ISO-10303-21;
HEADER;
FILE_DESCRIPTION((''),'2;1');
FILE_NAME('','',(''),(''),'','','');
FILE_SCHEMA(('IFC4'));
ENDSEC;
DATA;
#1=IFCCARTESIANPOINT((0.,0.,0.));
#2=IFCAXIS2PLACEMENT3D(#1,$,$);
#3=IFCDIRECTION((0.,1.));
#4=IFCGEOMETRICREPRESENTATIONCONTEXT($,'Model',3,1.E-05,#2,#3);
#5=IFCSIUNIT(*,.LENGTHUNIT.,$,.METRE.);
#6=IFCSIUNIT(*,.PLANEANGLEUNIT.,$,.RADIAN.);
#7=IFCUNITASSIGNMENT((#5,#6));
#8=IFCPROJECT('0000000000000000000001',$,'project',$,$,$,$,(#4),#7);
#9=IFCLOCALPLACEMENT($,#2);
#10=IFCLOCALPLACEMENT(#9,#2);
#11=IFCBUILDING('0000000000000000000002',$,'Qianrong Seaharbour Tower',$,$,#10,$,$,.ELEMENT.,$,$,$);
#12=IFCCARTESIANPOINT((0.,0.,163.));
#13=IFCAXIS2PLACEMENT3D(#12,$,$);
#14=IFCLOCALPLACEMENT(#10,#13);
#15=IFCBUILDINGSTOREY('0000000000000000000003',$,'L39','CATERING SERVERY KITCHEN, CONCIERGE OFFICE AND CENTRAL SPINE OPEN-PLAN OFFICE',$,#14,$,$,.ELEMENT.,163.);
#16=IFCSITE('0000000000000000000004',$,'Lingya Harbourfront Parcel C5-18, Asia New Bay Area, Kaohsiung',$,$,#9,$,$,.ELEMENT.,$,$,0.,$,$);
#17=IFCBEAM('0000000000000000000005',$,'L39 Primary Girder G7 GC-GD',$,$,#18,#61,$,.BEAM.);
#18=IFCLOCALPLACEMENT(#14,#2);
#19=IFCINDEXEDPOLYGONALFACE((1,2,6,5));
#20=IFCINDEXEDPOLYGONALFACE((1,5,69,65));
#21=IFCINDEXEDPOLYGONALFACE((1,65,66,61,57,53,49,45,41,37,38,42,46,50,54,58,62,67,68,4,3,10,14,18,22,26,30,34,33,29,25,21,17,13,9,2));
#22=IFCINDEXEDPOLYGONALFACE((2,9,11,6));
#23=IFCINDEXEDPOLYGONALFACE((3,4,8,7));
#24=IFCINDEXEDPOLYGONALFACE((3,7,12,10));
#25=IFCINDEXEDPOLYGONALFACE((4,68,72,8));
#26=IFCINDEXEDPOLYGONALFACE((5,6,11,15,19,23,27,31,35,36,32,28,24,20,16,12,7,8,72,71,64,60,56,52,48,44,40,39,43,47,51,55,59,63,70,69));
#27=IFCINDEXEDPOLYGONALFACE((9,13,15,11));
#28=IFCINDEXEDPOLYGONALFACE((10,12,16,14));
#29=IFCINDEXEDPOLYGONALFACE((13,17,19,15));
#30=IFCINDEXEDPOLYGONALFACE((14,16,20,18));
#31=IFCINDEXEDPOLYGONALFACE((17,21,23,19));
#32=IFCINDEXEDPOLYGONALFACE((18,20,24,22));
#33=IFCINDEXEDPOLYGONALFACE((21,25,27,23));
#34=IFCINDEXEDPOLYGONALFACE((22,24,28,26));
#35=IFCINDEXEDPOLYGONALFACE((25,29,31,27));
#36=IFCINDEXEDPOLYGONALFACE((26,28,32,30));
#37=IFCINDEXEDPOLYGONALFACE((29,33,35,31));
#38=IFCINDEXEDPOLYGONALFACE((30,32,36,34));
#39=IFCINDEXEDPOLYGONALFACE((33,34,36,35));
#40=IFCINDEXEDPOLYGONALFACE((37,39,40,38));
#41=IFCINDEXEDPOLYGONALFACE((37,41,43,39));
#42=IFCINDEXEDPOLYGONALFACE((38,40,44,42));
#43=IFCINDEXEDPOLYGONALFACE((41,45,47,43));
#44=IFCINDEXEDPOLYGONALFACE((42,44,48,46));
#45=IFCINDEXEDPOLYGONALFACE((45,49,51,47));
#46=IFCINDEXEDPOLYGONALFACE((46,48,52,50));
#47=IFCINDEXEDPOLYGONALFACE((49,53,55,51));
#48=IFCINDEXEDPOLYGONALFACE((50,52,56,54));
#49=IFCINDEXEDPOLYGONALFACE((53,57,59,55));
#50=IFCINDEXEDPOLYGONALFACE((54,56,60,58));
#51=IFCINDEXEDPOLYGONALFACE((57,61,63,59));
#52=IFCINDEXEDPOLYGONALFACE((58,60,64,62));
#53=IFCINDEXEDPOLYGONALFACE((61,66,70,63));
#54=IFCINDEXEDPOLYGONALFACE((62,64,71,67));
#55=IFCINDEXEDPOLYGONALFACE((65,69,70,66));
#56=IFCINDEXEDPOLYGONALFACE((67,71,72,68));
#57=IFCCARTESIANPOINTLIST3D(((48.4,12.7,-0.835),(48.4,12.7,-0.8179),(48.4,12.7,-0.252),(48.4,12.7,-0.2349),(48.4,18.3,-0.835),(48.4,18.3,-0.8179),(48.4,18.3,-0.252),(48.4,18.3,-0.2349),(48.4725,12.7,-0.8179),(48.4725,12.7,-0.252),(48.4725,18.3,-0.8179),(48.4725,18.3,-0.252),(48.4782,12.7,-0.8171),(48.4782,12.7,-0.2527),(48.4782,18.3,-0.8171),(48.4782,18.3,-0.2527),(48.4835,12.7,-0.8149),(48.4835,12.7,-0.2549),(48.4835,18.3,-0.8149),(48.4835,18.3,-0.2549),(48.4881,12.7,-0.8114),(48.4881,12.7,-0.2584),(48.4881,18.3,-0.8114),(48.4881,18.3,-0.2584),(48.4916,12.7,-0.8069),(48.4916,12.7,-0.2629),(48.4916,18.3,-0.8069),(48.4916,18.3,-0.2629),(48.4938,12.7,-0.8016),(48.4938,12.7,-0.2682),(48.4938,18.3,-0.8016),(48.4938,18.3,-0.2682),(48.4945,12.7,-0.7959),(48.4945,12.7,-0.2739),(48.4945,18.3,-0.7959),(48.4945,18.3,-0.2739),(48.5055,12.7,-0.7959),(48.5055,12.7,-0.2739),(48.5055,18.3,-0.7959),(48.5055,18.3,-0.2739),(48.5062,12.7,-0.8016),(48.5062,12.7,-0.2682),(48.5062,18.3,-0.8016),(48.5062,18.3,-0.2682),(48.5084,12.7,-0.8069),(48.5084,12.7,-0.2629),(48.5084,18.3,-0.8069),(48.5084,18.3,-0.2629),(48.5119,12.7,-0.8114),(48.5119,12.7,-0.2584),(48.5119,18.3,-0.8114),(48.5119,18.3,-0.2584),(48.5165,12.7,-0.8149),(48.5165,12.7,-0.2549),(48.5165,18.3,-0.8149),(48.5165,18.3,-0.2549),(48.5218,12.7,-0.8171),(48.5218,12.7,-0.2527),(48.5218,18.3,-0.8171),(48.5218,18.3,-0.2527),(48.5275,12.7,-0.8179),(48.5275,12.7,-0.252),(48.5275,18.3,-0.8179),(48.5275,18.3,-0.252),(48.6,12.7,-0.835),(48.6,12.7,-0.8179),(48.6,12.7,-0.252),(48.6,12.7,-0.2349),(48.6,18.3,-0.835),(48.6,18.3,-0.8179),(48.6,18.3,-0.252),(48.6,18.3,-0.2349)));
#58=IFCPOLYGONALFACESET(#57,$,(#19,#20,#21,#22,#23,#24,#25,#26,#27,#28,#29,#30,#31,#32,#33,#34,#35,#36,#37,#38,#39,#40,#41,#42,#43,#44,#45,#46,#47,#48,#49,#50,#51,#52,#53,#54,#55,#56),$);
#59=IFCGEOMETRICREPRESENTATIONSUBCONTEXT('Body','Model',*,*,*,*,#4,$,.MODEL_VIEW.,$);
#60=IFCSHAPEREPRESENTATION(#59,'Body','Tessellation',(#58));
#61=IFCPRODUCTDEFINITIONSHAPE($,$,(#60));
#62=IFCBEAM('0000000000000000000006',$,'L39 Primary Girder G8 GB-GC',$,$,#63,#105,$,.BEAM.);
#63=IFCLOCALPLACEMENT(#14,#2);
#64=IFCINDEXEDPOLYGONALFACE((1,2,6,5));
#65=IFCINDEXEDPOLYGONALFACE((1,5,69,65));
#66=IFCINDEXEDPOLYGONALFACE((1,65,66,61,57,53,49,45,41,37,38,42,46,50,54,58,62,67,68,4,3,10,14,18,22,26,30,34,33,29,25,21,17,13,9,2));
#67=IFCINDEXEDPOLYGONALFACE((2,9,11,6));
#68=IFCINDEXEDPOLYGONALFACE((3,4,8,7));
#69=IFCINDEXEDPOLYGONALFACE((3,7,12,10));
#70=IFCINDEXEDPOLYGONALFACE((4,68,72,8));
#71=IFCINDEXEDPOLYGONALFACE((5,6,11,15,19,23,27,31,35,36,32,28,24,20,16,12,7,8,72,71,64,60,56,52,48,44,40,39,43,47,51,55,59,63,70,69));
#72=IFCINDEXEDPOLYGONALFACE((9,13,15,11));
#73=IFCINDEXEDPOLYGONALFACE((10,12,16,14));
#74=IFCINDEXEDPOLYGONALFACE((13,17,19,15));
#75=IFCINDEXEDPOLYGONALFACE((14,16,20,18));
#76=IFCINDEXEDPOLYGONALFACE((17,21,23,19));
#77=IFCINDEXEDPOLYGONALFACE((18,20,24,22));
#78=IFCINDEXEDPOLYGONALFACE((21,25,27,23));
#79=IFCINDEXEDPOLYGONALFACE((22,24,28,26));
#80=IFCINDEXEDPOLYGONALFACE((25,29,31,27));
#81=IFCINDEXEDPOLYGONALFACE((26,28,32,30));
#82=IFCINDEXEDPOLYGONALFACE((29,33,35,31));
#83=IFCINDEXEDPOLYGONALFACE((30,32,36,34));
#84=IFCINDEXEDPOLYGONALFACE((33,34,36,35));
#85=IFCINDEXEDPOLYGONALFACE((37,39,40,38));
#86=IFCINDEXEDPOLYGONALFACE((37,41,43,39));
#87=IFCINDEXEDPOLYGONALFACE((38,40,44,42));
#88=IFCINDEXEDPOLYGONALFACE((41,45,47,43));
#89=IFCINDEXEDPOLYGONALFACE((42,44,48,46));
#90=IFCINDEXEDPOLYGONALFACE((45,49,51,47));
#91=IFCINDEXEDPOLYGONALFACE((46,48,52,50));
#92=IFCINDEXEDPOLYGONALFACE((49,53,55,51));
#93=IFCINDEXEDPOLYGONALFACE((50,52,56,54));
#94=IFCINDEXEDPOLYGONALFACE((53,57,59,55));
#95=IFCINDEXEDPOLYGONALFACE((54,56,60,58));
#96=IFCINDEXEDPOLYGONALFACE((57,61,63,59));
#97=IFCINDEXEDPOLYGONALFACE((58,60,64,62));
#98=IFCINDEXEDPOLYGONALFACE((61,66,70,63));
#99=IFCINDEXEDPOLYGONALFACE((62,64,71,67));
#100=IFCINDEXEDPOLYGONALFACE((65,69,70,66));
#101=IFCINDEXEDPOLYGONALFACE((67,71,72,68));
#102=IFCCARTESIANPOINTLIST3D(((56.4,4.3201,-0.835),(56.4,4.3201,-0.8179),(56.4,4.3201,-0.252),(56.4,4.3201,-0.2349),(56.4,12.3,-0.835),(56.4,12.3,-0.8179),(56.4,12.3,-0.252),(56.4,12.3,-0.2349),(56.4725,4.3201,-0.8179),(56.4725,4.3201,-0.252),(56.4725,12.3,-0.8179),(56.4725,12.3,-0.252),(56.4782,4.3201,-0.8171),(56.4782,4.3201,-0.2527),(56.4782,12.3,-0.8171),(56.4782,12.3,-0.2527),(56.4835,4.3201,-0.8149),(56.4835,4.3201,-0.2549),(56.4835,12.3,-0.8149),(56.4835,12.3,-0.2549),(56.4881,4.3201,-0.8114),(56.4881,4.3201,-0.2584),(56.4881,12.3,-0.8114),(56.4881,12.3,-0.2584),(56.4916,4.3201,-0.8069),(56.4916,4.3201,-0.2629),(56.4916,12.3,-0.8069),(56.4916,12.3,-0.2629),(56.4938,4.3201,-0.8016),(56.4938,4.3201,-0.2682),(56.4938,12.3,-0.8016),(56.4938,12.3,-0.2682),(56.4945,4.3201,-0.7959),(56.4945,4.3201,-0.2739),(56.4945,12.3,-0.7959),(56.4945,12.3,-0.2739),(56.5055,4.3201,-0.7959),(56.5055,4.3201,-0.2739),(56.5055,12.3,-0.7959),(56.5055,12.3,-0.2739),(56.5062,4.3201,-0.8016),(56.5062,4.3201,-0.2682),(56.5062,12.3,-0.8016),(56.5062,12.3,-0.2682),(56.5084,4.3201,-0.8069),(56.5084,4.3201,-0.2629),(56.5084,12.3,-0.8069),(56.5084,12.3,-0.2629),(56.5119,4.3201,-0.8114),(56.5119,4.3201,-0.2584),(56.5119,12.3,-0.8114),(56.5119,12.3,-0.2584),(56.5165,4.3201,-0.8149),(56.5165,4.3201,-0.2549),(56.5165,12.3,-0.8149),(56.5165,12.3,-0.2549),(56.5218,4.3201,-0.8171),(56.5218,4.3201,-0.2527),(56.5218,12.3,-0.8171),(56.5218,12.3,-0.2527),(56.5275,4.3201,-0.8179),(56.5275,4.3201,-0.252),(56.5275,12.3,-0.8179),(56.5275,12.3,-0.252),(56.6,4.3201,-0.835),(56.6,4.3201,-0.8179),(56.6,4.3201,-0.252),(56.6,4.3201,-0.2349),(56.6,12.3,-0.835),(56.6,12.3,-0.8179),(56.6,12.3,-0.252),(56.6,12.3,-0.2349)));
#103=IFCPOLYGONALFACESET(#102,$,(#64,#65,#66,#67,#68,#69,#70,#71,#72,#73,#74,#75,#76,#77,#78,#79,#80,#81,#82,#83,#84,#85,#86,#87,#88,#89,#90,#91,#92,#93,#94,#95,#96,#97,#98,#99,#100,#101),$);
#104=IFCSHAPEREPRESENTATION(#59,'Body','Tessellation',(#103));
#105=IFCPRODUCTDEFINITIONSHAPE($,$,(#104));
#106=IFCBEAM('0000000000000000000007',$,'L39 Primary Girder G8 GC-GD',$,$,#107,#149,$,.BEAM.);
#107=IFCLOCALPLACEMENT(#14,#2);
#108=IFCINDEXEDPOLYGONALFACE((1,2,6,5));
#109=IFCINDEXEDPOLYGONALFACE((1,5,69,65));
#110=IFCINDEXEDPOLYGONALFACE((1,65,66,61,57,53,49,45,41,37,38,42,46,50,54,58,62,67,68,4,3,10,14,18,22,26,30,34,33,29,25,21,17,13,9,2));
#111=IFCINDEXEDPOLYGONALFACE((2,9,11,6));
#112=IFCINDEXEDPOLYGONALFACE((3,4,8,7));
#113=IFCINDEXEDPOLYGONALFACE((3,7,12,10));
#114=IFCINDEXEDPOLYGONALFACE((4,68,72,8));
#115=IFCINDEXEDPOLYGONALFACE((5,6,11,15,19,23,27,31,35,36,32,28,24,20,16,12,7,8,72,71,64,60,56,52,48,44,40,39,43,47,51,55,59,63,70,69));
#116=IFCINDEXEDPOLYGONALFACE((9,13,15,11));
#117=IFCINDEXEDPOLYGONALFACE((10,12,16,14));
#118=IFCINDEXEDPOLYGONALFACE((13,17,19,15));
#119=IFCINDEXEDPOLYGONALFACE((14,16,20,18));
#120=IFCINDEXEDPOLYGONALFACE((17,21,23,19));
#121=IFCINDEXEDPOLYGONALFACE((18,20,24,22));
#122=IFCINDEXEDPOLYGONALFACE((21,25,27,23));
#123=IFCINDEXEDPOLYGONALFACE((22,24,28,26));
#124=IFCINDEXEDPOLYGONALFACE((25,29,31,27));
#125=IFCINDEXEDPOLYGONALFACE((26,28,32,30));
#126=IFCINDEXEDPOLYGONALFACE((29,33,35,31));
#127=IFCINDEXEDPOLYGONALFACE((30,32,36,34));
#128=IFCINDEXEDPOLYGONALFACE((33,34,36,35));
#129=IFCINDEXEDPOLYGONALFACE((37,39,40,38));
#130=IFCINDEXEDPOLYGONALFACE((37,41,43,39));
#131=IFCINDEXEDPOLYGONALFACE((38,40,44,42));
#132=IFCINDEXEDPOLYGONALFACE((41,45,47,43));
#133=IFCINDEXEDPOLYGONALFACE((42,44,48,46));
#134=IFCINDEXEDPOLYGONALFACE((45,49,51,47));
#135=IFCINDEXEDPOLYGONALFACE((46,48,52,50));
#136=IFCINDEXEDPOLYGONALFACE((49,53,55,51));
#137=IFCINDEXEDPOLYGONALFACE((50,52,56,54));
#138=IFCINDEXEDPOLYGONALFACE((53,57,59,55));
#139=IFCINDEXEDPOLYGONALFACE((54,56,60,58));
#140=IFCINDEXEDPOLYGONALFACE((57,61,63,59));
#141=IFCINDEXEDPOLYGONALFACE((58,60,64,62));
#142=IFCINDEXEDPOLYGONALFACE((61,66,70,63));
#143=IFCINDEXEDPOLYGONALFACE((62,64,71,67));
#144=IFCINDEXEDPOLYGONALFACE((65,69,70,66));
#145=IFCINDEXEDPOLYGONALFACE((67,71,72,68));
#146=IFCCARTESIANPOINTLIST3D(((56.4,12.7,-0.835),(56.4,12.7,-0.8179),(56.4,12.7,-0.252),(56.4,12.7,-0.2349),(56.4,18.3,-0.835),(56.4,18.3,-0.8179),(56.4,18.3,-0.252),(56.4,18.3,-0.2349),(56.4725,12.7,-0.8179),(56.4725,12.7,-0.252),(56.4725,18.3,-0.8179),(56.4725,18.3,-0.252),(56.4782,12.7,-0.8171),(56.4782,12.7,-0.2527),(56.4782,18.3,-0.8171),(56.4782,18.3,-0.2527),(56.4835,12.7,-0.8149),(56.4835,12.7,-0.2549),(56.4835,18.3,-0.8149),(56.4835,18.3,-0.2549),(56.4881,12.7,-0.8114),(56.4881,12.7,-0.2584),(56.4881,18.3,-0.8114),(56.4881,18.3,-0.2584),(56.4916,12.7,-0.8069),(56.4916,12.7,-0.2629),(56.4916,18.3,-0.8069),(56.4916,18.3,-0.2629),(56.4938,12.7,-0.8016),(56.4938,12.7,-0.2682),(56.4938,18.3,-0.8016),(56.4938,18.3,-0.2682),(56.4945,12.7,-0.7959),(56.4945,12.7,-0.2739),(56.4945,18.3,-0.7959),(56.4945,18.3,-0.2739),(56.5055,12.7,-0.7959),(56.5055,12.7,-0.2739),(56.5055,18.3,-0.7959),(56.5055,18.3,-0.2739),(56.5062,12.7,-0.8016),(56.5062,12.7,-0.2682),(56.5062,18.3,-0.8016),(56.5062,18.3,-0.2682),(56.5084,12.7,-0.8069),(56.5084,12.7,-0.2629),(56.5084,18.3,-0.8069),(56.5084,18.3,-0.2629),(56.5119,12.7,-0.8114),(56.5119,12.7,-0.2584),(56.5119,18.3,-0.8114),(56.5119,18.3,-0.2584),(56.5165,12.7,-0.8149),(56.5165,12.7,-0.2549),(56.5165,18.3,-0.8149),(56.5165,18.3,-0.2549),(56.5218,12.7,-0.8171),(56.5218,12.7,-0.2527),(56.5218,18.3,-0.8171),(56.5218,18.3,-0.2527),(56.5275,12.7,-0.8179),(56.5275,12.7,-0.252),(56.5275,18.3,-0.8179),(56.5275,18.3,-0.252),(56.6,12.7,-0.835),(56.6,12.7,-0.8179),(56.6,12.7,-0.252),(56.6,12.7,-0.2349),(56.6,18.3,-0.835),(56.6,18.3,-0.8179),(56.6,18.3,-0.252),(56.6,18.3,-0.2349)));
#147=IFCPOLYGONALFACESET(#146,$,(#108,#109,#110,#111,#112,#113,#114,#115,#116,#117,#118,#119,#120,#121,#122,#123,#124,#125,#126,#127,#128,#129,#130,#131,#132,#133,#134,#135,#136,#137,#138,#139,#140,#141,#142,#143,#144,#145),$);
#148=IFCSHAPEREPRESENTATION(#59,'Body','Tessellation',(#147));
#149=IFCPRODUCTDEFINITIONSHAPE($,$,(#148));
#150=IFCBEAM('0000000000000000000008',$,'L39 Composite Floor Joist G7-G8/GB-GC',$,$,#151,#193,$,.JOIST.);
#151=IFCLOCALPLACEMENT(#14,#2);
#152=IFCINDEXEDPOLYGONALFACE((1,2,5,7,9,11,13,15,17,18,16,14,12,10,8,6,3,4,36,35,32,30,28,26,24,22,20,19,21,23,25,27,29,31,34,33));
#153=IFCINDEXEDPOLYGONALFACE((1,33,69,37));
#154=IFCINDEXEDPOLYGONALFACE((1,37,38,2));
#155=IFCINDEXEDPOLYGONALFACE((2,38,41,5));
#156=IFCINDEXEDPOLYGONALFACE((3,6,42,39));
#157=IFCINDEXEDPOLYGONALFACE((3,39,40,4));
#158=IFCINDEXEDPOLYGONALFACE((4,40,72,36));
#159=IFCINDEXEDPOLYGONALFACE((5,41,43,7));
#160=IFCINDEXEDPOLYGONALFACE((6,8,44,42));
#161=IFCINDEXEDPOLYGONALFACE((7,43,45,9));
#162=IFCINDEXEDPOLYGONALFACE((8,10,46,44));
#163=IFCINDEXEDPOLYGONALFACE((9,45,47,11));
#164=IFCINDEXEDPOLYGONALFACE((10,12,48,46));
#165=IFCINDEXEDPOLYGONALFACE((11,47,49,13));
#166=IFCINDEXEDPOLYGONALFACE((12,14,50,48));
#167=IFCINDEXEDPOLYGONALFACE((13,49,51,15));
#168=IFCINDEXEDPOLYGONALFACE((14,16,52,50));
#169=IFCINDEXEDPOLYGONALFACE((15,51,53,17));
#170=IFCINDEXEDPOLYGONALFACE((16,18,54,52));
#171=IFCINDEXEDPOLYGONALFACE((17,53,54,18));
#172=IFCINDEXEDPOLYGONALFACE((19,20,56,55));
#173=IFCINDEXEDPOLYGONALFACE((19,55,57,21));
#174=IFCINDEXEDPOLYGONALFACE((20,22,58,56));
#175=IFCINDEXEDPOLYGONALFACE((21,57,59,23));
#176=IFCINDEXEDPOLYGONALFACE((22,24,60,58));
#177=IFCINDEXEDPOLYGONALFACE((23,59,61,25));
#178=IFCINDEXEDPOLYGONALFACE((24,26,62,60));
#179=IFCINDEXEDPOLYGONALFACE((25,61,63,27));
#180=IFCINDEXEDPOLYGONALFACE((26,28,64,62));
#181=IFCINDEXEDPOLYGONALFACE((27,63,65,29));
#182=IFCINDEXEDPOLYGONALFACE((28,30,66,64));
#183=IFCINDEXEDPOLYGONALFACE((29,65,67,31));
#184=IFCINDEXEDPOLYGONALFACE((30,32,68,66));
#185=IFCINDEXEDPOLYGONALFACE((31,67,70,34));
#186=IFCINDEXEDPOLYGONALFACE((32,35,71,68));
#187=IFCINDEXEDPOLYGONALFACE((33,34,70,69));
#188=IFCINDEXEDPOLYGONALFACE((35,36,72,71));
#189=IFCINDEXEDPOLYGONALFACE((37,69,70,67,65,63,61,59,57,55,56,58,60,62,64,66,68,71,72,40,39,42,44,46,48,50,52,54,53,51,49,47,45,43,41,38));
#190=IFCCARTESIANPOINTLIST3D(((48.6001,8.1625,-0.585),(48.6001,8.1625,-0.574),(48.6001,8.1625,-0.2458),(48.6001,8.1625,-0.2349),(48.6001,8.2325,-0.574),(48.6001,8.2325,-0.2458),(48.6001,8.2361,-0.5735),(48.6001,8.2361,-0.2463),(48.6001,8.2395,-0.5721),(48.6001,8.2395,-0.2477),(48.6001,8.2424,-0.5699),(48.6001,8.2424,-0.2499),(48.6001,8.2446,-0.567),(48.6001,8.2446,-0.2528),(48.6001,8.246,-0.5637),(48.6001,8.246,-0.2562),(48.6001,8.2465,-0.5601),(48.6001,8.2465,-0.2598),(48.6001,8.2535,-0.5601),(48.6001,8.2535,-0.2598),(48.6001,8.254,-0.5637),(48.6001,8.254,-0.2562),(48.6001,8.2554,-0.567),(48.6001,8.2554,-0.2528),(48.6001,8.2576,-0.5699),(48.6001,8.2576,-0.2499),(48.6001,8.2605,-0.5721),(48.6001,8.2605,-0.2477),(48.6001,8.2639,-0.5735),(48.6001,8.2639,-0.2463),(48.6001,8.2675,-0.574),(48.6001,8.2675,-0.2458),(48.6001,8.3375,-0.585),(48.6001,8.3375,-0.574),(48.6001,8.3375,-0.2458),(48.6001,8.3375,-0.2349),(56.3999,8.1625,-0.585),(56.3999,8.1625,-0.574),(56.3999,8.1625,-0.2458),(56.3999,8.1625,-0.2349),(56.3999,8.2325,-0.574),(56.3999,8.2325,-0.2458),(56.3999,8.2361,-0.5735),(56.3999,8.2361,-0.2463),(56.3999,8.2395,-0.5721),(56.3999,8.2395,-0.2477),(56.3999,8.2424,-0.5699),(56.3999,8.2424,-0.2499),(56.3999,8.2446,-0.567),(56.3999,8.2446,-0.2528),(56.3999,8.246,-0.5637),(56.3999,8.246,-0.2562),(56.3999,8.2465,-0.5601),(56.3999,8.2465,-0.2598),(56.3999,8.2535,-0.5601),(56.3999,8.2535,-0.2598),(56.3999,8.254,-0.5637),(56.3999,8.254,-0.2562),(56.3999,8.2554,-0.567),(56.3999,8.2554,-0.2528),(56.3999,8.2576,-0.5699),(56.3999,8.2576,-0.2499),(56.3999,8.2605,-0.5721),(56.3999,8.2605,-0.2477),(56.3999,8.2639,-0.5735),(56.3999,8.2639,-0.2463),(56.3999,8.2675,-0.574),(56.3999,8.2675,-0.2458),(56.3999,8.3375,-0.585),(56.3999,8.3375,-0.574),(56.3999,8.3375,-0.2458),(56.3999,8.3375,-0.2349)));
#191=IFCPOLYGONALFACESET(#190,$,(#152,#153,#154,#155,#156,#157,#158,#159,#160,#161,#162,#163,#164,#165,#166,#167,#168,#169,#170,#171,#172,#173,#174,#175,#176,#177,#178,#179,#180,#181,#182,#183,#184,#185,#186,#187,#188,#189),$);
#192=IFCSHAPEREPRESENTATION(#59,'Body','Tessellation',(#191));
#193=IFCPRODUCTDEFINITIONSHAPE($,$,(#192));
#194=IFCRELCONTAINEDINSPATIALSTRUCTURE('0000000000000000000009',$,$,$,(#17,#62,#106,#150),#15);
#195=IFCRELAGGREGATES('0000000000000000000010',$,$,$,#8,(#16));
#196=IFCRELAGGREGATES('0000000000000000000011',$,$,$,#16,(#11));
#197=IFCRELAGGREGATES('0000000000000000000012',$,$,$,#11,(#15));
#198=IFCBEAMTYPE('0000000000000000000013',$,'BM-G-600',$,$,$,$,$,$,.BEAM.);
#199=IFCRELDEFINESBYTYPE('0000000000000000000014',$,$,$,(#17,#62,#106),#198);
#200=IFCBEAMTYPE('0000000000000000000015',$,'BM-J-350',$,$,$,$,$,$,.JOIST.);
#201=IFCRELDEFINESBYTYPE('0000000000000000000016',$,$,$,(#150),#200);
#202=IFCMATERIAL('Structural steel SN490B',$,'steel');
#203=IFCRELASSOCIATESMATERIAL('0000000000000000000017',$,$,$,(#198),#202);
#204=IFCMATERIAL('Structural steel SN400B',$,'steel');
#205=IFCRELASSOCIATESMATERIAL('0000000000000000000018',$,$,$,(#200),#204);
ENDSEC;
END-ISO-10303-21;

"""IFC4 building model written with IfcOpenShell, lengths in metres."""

from ifc_helpers import new_model, si_unit, direction, frame, origin, origin_2d, place, context, subcontext, project, spatial, i_section, extrude, material, material_profile, profile_set, type_object, element, save


model = new_model("IFC4")

# Units and contexts
model_context = context("Model", 3, precision=1e-05, world=origin(), true_north=direction((0.0, 1.0)))
body_context = subcontext(model_context, "Body", "Model", "MODEL_VIEW")
ifc_project = project(units=[si_unit("LENGTHUNIT", "METRE"), si_unit("PLANEANGLEUNIT", "RADIAN")], contexts=[model_context])

# Site, building, storey
site_placement = place(None, origin())
site = spatial("IfcSite", under=ifc_project, at=site_placement, Name="Lingya Harbourfront Parcel C5-18, Asia New Bay Area, Kaohsiung", CompositionType="ELEMENT", RefElevation=0.0)
building_placement = place(site_placement, origin())
building = spatial("IfcBuilding", under=site, at=building_placement, Name="Qianrong Seaharbour Tower", CompositionType="ELEMENT")
storey_placement = place(building_placement, frame((0.0, 0.0, 163.0)))
storey = spatial("IfcBuildingStorey", under=building, at=storey_placement, Name="L39", Description="CATERING SERVERY KITCHEN, CONCIERGE OFFICE AND CENTRAL SPINE OPEN-PLAN OFFICE", CompositionType="ELEMENT", Elevation=163.0)

# Shared definitions
ifc_material_1 = material(Name="Structural steel SN490B", Category="steel")

# Beams
ifc_material_profile_1 = material_profile(ifc_material_1, i_section(OverallWidth=0.2, OverallDepth=0.6001, WebThickness=0.011, FlangeThickness=0.0171, FilletRadius=0.022, at=origin_2d()), Name="H600x200x11x17")
ifc_profile_set_1 = profile_set([ifc_material_profile_1], Name="Structural steel SN490B")
beam_type_1 = type_object("IfcBeamType", Name="BM-G-600", PredefinedType="BEAM", material=ifc_profile_set_1)
beam_1_placement = place(storey_placement, frame((48.5, 12.7, -0.5349), z_axis=(0.0, 1.0, 0.0), x_axis=(-1.0, 0.0, 0.0)))
element("IfcBeam", 1, at=beam_1_placement, inside=storey, type_object=beam_type_1, Name="L39 Primary Girder G7 GC-GD", PredefinedType="BEAM", context=body_context, shape_type="SweptSolid", body=[
    extrude(i_section(OverallWidth=0.2, OverallDepth=0.6001, WebThickness=0.011, FlangeThickness=0.0171, FilletRadius=0.022, at=origin_2d()), origin(), (0.0, 0.0, 1.0), 5.6001),
])
beam_2_placement = place(storey_placement, frame((56.5, 4.3201, -0.5349), z_axis=(0.0, 1.0, 0.0), x_axis=(-1.0, 0.0, 0.0)))
element("IfcBeam", 2, at=beam_2_placement, inside=storey, type_object=beam_type_1, Name="L39 Primary Girder G8 GB-GC", PredefinedType="BEAM", context=body_context, shape_type="SweptSolid", body=[
    extrude(i_section(OverallWidth=0.2, OverallDepth=0.6001, WebThickness=0.011, FlangeThickness=0.0171, FilletRadius=0.022, at=origin_2d()), origin(), (0.0, 0.0, 1.0), 7.98),
])
beam_3_placement = place(storey_placement, frame((56.5, 12.7, -0.5349), z_axis=(0.0, 1.0, 0.0), x_axis=(-1.0, 0.0, 0.0)))
element("IfcBeam", 3, at=beam_3_placement, inside=storey, type_object=beam_type_1, Name="L39 Primary Girder G8 GC-GD", PredefinedType="BEAM", context=body_context, shape_type="SweptSolid", body=[
    extrude(i_section(OverallWidth=0.2, OverallDepth=0.6001, WebThickness=0.011, FlangeThickness=0.0171, FilletRadius=0.022, at=origin_2d()), origin(), (0.0, 0.0, 1.0), 5.6001),
])
ifc_material_2 = material(Name="Structural steel SN400B", Category="steel")
ifc_material_profile_2 = material_profile(ifc_material_2, i_section(OverallWidth=0.175, OverallDepth=0.3501, WebThickness=0.0071, FlangeThickness=0.011, FilletRadius=0.0139, at=origin_2d()), Name="H350x175x7x11")
ifc_profile_set_2 = profile_set([ifc_material_profile_2], Name="Structural steel SN400B")
beam_type_2 = type_object("IfcBeamType", Name="BM-J-350", PredefinedType="JOIST", material=ifc_profile_set_2)
for number, where, z_axis, x_axis, name in (
    (4, (48.6001, 8.25, -0.4099), (1.0, 0.0, 0.0), (0.0, 1.0, 0.0), "L39 Composite Floor Joist G7-G8/GB-GC"),
):
    element("IfcBeam", number, at=place(storey_placement, frame(where, z_axis=z_axis, x_axis=x_axis)), inside=storey, type_object=beam_type_2, Name=name, PredefinedType="JOIST", context=body_context, shape_type="SweptSolid", body=[
        extrude(i_section(OverallWidth=0.175, OverallDepth=0.3501, WebThickness=0.0071, FlangeThickness=0.011, FilletRadius=0.0139, at=origin_2d()), origin(), (0.0, 0.0, 1.0), 7.7998),
    ])

save(model, "model.ifc")
